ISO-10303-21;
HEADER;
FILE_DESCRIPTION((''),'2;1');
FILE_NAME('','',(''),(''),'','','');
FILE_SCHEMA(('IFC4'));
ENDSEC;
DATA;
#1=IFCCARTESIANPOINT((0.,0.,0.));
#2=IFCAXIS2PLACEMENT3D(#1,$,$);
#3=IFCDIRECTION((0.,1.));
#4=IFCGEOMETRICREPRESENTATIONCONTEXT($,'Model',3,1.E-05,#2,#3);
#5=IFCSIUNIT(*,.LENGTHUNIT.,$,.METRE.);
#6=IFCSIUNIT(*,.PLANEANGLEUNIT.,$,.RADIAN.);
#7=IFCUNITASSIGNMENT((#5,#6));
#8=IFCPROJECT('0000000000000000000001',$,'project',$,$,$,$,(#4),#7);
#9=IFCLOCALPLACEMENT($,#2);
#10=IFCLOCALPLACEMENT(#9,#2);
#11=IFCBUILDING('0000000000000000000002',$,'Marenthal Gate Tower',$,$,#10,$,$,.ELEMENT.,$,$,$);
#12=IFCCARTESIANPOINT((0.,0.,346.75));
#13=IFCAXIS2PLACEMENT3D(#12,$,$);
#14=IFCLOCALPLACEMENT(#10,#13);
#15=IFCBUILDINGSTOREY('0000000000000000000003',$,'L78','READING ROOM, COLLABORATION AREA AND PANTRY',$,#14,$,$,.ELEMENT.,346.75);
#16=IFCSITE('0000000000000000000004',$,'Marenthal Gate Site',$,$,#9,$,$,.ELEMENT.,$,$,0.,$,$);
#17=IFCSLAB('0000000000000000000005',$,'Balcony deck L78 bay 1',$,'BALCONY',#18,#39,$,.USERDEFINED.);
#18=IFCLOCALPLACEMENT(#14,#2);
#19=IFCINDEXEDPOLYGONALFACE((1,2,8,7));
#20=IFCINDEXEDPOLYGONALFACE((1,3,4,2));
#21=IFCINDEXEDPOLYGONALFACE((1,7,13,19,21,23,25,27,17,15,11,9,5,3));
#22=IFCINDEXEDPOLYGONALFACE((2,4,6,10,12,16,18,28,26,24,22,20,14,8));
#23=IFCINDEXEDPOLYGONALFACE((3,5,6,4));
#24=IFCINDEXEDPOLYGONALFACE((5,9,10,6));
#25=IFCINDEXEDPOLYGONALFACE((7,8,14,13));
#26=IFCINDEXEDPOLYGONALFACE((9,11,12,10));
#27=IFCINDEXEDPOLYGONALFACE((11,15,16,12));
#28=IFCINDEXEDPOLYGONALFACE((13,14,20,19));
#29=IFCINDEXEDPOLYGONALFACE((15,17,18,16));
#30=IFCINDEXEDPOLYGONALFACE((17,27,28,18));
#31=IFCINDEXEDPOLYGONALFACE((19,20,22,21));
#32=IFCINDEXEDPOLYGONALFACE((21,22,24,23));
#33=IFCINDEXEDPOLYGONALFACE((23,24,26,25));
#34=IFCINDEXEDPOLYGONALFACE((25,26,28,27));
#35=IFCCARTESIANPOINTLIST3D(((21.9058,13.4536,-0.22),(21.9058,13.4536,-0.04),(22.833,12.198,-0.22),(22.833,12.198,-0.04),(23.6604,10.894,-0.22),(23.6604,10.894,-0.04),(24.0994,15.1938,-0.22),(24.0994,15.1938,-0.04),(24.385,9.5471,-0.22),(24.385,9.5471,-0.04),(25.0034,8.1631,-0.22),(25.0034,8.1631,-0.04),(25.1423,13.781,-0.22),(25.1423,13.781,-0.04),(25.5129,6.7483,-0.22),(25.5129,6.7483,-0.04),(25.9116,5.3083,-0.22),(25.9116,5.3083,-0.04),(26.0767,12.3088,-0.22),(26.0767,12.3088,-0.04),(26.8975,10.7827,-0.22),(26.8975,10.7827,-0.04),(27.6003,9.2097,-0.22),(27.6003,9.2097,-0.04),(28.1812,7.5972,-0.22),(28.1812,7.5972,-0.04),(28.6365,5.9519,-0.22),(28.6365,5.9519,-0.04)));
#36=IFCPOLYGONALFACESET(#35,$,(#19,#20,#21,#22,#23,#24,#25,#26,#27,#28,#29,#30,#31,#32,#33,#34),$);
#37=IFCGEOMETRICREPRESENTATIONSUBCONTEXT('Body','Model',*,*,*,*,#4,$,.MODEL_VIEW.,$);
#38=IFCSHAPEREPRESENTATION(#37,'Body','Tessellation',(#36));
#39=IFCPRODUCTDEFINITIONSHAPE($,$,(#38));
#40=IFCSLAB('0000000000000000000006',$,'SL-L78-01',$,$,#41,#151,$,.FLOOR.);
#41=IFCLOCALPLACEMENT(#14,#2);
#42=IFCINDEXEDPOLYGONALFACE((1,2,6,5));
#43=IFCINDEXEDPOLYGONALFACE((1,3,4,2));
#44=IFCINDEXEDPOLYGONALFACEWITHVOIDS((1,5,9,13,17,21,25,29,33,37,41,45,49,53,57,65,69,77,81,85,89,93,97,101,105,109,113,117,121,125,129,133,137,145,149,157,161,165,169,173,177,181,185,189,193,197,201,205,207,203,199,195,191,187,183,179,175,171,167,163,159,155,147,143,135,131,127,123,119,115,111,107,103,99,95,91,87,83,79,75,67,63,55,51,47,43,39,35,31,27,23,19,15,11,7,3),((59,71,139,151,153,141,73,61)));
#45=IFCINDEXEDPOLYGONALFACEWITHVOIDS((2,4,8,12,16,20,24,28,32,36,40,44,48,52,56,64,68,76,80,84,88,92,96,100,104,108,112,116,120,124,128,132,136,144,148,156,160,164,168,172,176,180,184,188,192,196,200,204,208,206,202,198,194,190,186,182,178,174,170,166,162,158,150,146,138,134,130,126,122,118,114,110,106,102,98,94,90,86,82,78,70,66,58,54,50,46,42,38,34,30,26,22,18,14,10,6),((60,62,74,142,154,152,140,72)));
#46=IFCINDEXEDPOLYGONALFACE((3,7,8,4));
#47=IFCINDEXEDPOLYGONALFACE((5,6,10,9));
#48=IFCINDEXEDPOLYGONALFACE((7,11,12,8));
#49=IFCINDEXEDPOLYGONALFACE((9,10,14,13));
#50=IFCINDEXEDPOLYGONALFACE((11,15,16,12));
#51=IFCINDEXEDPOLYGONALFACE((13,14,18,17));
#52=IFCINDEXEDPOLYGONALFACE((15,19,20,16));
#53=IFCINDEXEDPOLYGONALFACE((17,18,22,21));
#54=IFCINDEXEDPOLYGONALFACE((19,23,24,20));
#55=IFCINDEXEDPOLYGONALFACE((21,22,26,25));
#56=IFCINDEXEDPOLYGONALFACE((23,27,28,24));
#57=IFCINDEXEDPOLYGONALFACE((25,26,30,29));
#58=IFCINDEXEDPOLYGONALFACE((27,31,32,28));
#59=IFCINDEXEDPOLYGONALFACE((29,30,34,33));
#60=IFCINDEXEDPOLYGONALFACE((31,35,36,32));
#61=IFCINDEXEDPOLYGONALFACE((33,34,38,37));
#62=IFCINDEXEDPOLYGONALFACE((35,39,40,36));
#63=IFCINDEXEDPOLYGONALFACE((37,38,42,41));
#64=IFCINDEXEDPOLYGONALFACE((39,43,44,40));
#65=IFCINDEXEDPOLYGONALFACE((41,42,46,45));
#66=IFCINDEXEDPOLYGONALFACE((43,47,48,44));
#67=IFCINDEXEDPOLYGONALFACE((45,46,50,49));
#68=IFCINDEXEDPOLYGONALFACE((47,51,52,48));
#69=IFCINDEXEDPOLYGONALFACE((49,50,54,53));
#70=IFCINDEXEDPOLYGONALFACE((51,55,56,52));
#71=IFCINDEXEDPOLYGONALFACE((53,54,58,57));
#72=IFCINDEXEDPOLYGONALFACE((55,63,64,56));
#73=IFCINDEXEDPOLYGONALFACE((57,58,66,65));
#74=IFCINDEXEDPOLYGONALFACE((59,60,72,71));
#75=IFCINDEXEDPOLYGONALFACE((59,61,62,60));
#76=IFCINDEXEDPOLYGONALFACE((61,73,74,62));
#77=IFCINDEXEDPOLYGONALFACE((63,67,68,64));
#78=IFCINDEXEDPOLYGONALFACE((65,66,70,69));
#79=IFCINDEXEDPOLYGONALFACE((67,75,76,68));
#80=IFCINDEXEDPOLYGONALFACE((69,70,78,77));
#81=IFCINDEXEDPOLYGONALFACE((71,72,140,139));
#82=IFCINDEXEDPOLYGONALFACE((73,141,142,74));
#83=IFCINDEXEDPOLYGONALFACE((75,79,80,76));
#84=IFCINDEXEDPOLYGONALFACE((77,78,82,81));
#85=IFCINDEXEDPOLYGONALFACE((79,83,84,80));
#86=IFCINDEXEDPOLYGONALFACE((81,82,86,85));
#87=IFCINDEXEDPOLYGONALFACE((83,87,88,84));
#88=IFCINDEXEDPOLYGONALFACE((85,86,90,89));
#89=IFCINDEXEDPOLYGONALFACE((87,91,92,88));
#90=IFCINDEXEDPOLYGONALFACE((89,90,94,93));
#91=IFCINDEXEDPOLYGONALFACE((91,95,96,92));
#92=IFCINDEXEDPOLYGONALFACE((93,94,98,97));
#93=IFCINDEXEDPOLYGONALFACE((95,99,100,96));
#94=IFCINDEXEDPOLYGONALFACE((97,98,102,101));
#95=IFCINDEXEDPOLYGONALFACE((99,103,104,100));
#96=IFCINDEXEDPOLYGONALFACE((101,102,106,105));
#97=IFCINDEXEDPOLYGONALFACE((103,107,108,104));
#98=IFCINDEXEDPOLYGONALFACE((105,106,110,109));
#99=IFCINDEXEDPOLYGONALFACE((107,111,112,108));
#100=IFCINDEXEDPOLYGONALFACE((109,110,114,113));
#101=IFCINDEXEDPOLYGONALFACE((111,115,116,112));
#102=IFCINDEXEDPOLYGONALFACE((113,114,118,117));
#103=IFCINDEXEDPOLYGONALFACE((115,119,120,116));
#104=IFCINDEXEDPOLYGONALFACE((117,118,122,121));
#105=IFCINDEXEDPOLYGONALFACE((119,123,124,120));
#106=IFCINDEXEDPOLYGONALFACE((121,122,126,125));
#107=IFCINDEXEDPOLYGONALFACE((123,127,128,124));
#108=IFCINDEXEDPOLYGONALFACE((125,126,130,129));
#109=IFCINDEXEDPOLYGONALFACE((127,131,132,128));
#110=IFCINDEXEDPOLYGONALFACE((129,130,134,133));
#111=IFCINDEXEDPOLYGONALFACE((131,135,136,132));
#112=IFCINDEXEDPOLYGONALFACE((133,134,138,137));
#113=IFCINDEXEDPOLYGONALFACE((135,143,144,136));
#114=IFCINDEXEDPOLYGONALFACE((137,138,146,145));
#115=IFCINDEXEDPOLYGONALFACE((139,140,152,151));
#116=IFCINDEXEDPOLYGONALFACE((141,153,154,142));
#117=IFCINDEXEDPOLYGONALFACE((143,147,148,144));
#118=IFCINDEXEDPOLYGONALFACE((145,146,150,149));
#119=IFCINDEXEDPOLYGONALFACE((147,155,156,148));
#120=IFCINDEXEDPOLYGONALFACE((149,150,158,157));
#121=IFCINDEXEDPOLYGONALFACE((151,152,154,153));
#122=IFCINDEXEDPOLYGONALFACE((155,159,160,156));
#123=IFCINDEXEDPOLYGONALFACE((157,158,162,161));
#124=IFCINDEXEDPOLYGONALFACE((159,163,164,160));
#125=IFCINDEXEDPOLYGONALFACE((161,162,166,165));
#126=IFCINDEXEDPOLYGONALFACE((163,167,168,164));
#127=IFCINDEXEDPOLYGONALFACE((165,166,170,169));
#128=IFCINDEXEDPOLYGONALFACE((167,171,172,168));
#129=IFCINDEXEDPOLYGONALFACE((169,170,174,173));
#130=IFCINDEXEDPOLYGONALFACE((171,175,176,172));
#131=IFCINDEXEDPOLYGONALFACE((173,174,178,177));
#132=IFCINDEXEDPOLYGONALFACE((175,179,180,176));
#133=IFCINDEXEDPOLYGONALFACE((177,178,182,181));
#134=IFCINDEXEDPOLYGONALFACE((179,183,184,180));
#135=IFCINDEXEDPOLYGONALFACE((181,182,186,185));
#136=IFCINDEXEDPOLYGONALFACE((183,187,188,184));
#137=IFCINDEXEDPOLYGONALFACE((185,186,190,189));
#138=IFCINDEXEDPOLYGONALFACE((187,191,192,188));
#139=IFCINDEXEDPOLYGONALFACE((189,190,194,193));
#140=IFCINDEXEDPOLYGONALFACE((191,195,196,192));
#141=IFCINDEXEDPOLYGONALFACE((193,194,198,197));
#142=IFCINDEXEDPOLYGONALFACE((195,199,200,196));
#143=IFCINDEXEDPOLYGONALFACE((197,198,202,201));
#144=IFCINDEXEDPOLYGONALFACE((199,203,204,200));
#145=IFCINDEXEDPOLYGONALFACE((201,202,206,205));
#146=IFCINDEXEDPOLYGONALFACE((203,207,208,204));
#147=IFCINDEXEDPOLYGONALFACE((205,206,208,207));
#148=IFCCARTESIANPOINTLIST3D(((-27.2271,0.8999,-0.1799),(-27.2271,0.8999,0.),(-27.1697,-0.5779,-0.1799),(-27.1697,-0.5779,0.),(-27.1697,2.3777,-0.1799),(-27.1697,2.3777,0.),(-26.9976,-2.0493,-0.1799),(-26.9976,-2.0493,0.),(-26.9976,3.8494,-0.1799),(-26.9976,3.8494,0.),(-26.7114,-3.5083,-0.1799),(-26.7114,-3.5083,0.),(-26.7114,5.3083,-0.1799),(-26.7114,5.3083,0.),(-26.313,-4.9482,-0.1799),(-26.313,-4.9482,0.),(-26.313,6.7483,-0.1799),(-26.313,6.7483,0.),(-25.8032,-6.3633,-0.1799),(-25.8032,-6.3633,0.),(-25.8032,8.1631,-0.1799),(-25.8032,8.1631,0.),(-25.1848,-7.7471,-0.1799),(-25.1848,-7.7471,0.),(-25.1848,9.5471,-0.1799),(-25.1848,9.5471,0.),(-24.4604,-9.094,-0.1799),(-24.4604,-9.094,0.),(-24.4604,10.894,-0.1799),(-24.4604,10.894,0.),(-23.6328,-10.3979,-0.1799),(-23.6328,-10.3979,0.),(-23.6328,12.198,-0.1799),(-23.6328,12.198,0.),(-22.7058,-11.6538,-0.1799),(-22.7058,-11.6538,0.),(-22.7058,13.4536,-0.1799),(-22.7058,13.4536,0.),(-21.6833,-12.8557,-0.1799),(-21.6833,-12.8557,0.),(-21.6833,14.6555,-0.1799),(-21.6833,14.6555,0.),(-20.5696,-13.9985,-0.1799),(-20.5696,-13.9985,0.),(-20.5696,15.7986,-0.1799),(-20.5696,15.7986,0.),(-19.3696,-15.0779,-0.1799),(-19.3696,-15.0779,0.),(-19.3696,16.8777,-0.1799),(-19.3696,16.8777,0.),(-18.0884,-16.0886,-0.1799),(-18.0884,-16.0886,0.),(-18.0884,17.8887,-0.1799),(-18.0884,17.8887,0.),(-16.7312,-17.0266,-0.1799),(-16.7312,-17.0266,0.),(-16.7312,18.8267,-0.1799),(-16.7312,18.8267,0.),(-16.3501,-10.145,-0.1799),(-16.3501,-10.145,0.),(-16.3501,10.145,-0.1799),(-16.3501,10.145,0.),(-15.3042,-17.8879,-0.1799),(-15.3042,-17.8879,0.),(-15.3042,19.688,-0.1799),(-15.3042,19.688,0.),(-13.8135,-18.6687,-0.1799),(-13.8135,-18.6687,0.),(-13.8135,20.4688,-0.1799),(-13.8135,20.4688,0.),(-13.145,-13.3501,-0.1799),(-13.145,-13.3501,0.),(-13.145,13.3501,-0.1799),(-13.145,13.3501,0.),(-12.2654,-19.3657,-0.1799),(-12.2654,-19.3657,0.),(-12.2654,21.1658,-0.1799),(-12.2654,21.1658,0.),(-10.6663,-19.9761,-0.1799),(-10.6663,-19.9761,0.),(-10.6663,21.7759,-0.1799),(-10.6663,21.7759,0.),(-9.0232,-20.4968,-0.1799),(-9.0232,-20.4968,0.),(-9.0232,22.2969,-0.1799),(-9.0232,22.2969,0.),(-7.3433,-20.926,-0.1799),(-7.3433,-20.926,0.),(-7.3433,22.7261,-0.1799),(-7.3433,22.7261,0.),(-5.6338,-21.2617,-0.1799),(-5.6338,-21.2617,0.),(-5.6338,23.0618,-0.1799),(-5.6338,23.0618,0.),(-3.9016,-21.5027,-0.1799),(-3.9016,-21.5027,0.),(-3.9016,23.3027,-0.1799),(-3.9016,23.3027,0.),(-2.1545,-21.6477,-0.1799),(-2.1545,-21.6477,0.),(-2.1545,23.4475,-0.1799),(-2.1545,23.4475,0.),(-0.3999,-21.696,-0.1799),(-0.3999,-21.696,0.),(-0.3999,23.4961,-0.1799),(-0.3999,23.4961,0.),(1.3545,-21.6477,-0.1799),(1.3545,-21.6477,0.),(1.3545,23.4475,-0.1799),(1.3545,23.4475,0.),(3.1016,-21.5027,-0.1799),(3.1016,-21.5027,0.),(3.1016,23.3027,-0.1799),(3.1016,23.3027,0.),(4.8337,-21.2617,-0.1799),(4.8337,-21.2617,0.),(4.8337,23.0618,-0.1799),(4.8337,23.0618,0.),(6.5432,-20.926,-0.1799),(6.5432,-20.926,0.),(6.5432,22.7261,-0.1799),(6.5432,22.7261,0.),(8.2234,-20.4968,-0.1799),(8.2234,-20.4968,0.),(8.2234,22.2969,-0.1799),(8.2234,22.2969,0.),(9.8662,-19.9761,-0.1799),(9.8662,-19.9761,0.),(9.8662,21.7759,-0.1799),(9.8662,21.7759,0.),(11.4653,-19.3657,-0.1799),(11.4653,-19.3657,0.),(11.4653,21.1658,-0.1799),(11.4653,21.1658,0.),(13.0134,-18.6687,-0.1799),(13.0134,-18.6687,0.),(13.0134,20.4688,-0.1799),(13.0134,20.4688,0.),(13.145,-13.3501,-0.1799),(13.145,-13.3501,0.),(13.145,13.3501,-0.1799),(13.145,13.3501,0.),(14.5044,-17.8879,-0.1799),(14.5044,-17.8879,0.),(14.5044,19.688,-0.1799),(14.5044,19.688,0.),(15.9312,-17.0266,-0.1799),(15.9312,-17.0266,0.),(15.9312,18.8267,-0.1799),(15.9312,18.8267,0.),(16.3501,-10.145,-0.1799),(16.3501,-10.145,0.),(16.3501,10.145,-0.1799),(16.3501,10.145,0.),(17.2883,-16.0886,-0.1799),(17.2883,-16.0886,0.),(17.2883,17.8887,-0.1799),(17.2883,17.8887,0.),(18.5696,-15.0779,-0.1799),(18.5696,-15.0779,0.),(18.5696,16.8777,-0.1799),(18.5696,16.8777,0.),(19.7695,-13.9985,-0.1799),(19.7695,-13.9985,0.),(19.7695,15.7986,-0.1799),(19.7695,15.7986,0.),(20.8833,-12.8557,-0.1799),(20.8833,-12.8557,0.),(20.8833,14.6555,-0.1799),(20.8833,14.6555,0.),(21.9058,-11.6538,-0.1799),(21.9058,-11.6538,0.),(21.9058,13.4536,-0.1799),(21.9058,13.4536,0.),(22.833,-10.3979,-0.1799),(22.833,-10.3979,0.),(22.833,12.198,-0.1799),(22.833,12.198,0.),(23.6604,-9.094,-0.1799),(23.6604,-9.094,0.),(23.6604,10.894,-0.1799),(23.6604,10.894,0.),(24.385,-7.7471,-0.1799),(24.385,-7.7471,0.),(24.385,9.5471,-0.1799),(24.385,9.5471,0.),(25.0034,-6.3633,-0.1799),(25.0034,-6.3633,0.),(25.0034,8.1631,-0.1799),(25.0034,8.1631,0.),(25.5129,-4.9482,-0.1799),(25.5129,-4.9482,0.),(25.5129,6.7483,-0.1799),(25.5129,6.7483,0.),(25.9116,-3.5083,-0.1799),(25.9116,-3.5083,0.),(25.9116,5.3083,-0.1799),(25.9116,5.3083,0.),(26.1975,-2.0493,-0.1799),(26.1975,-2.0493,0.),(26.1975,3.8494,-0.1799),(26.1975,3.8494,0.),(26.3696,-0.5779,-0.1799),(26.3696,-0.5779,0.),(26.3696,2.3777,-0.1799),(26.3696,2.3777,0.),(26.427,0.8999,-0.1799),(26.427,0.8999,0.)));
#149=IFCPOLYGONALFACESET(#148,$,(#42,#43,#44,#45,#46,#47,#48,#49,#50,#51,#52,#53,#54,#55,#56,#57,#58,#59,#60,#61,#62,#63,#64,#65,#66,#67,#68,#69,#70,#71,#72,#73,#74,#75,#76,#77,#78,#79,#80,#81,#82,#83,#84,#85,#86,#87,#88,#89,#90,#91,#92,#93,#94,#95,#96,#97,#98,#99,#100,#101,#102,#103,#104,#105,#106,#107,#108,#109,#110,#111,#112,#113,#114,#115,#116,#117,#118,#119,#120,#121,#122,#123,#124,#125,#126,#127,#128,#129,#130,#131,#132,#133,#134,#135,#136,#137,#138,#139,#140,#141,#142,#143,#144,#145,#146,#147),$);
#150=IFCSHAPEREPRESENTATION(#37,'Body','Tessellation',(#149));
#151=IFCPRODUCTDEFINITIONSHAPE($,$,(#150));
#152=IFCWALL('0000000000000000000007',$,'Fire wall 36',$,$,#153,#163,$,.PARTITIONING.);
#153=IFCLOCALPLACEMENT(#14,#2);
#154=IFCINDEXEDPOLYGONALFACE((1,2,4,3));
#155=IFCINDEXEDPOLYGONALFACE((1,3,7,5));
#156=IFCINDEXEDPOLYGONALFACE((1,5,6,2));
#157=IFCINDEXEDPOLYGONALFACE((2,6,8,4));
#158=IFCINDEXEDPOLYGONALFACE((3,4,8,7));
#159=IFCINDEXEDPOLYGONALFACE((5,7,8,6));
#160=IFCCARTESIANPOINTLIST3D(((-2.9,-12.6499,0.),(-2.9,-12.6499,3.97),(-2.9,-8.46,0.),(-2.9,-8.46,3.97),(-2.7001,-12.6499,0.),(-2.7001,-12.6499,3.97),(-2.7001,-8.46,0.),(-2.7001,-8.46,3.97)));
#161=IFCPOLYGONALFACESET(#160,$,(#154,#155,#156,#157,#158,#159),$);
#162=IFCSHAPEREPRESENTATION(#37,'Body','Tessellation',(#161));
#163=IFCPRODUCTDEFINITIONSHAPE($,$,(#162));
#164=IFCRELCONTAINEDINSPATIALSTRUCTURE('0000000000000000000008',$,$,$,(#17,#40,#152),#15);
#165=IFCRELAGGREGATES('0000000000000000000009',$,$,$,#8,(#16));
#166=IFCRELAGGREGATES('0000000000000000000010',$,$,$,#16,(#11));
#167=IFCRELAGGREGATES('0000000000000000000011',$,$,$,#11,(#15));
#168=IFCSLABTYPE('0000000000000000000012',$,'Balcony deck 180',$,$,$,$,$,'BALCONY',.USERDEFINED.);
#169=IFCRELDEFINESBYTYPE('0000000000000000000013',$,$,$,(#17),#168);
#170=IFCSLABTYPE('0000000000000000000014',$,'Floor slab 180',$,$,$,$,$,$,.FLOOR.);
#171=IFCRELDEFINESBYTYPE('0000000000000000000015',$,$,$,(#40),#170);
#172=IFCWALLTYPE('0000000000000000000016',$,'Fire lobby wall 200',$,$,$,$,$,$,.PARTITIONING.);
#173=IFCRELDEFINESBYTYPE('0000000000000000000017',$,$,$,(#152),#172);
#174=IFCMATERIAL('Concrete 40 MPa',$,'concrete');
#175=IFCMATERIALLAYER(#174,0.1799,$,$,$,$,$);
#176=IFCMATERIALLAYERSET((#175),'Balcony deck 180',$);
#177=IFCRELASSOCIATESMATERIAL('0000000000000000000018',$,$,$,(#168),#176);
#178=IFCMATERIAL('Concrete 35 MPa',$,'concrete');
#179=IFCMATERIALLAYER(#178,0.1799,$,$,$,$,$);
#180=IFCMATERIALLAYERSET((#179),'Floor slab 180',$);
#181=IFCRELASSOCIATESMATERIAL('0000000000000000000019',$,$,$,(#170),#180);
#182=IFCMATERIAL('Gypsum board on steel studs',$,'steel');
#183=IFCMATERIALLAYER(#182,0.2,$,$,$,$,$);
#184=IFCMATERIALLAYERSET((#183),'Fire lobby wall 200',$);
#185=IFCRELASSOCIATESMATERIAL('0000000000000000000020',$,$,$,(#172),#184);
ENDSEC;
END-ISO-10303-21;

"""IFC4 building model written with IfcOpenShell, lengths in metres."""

from ifc_helpers import new_model, si_unit, direction, frame, frame_2d, origin, place, context, subcontext, project, spatial, polyline, rectangle, outline, extrude, material, layer, layer_set, type_object, element, save


model = new_model("IFC4")

# Units and contexts
model_context = context("Model", 3, precision=1e-05, world=origin(), true_north=direction((0.0, 1.0)))
body_context = subcontext(model_context, "Body", "Model", "MODEL_VIEW")
ifc_project = project(units=[si_unit("LENGTHUNIT", "METRE"), si_unit("PLANEANGLEUNIT", "RADIAN")], contexts=[model_context])

# Site, building, storey
site_placement = place(None, origin())
site = spatial("IfcSite", under=ifc_project, at=site_placement, Name="Marenthal Gate Site", CompositionType="ELEMENT", RefElevation=0.0)
building_placement = place(site_placement, origin())
building = spatial("IfcBuilding", under=site, at=building_placement, Name="Marenthal Gate Tower", CompositionType="ELEMENT")
storey_placement = place(building_placement, frame((0.0, 0.0, 346.75)))
storey = spatial("IfcBuildingStorey", under=building, at=storey_placement, Name="L78", Description="READING ROOM, COLLABORATION AREA AND PANTRY", CompositionType="ELEMENT", Elevation=346.75)

# Slabs
ifc_material_1 = material(Name="Concrete 40 MPa", Category="concrete")
ifc_layer_1 = layer(ifc_material_1, 0.1799)
ifc_layer_set_1 = layer_set([ifc_layer_1], Name="Balcony deck 180")
slab_type_1 = type_object("IfcSlabType", Name="Balcony deck 180", ElementType="BALCONY", PredefinedType="USERDEFINED", material=ifc_layer_set_1)
slab_1_placement = place(storey_placement, frame((0.0, 0.0, -0.22)))
element("IfcSlab", 1, at=slab_1_placement, inside=storey, type_object=slab_type_1, Name="Balcony deck L78 bay 1", ObjectType="BALCONY", PredefinedType="USERDEFINED", context=body_context, shape_type="SweptSolid", body=[
    extrude(outline(polyline([(25.9116, 5.3083), (25.5129, 6.7483), (25.0034, 8.1631), (24.385, 9.5471), (23.6604, 10.894), (22.833, 12.198), (21.9058, 13.4536), (24.0994, 15.1938), (25.1423, 13.781), (26.0767, 12.3088), (26.8975, 10.7827), (27.6003, 9.2097), (28.1812, 7.5972), (28.6365, 5.9519), (25.9116, 5.3083)])), origin(), (0.0, 0.0, 1.0), 0.1799),
])
ifc_material_2 = material(Name="Concrete 35 MPa", Category="concrete")
ifc_layer_2 = layer(ifc_material_2, 0.1799)
ifc_layer_set_2 = layer_set([ifc_layer_2], Name="Floor slab 180")
slab_type_2 = type_object("IfcSlabType", Name="Floor slab 180", PredefinedType="FLOOR", material=ifc_layer_set_2)
slab_2_placement = place(storey_placement, frame((0.0, 0.0, -0.1799)))
element("IfcSlab", 2, at=slab_2_placement, inside=storey, type_object=slab_type_2, Name="SL-L78-01", PredefinedType="FLOOR", context=body_context, shape_type="SweptSolid", body=[
    extrude(outline(polyline([(26.427, 0.8999), (26.3696, 2.3777), (26.1975, 3.8494), (25.9116, 5.3083), (25.5129, 6.7483), (25.0034, 8.1631), (24.385, 9.5471), (23.6604, 10.894), (22.833, 12.198), (21.9058, 13.4536), (20.8833, 14.6555), (19.7695, 15.7986), (18.5696, 16.8777), (17.2883, 17.8887), (15.9312, 18.8267), (14.5044, 19.688), (13.0134, 20.4688), (11.4653, 21.1658), (9.8662, 21.7759), (8.2234, 22.2969), (6.5432, 22.7261), (4.8337, 23.0618), (3.1016, 23.3027), (1.3545, 23.4475), (-0.3999, 23.4961), (-2.1545, 23.4475), (-3.9016, 23.3027), (-5.6338, 23.0618), (-7.3433, 22.7261), (-9.0232, 22.2969), (-10.6663, 21.7759), (-12.2654, 21.1658), (-13.8135, 20.4688), (-15.3042, 19.688), (-16.7312, 18.8267), (-18.0884, 17.8887), (-19.3696, 16.8777), (-20.5696, 15.7986), (-21.6833, 14.6555), (-22.7058, 13.4536), (-23.6328, 12.198), (-24.4604, 10.894), (-25.1848, 9.5471), (-25.8032, 8.1631), (-26.313, 6.7483), (-26.7114, 5.3083), (-26.9976, 3.8494), (-27.1697, 2.3777), (-27.2271, 0.8999), (-27.1697, -0.5779), (-26.9976, -2.0493), (-26.7114, -3.5083), (-26.313, -4.9482), (-25.8032, -6.3633), (-25.1848, -7.7471), (-24.4604, -9.094), (-23.6328, -10.3979), (-22.7058, -11.6538), (-21.6833, -12.8557), (-20.5696, -13.9985), (-19.3696, -15.0779), (-18.0884, -16.0886), (-16.7312, -17.0266), (-15.3042, -17.8879), (-13.8135, -18.6687), (-12.2654, -19.3657), (-10.6663, -19.9761), (-9.0232, -20.4968), (-7.3433, -20.926), (-5.6338, -21.2617), (-3.9016, -21.5027), (-2.1545, -21.6477), (-0.3999, -21.696), (1.3545, -21.6477), (3.1016, -21.5027), (4.8337, -21.2617), (6.5432, -20.926), (8.2234, -20.4968), (9.8662, -19.9761), (11.4653, -19.3657), (13.0134, -18.6687), (14.5044, -17.8879), (15.9312, -17.0266), (17.2883, -16.0886), (18.5696, -15.0779), (19.7695, -13.9985), (20.8833, -12.8557), (21.9058, -11.6538), (22.833, -10.3979), (23.6604, -9.094), (24.385, -7.7471), (25.0034, -6.3633), (25.5129, -4.9482), (25.9116, -3.5083), (26.1975, -2.0493), (26.3696, -0.5779), (26.427, 0.8999)]), holes=[polyline([(13.145, -13.3501), (16.3501, -10.145), (16.3501, 10.145), (13.145, 13.3501), (-13.145, 13.3501), (-16.3501, 10.145), (-16.3501, -10.145), (-13.145, -13.3501), (13.145, -13.3501)])]), origin(), (0.0, 0.0, 1.0), 0.1799),
])

# Wall
ifc_material_3 = material(Name="Gypsum board on steel studs", Category="steel")
ifc_layer_3 = layer(ifc_material_3, 0.2)
ifc_layer_set_3 = layer_set([ifc_layer_3], Name="Fire lobby wall 200")
wall_type_1 = type_object("IfcWallType", Name="Fire lobby wall 200", PredefinedType="PARTITIONING", material=ifc_layer_set_3)
wall_1_placement = place(storey_placement, frame((-2.8, -12.6499, 0.0), z_axis=(0.0, 0.0, 1.0), x_axis=(0.0, 1.0, 0.0)))
element("IfcWall", 3, at=wall_1_placement, inside=storey, type_object=wall_type_1, Name="Fire wall 36", PredefinedType="PARTITIONING", context=body_context, shape_type="SweptSolid", body=[
    extrude(rectangle(XDim=4.1899, YDim=0.2, at=frame_2d((2.095, 0.0))), origin(), (0.0, 0.0, 1.0), 3.97),
])

save(model, "model.ifc")
